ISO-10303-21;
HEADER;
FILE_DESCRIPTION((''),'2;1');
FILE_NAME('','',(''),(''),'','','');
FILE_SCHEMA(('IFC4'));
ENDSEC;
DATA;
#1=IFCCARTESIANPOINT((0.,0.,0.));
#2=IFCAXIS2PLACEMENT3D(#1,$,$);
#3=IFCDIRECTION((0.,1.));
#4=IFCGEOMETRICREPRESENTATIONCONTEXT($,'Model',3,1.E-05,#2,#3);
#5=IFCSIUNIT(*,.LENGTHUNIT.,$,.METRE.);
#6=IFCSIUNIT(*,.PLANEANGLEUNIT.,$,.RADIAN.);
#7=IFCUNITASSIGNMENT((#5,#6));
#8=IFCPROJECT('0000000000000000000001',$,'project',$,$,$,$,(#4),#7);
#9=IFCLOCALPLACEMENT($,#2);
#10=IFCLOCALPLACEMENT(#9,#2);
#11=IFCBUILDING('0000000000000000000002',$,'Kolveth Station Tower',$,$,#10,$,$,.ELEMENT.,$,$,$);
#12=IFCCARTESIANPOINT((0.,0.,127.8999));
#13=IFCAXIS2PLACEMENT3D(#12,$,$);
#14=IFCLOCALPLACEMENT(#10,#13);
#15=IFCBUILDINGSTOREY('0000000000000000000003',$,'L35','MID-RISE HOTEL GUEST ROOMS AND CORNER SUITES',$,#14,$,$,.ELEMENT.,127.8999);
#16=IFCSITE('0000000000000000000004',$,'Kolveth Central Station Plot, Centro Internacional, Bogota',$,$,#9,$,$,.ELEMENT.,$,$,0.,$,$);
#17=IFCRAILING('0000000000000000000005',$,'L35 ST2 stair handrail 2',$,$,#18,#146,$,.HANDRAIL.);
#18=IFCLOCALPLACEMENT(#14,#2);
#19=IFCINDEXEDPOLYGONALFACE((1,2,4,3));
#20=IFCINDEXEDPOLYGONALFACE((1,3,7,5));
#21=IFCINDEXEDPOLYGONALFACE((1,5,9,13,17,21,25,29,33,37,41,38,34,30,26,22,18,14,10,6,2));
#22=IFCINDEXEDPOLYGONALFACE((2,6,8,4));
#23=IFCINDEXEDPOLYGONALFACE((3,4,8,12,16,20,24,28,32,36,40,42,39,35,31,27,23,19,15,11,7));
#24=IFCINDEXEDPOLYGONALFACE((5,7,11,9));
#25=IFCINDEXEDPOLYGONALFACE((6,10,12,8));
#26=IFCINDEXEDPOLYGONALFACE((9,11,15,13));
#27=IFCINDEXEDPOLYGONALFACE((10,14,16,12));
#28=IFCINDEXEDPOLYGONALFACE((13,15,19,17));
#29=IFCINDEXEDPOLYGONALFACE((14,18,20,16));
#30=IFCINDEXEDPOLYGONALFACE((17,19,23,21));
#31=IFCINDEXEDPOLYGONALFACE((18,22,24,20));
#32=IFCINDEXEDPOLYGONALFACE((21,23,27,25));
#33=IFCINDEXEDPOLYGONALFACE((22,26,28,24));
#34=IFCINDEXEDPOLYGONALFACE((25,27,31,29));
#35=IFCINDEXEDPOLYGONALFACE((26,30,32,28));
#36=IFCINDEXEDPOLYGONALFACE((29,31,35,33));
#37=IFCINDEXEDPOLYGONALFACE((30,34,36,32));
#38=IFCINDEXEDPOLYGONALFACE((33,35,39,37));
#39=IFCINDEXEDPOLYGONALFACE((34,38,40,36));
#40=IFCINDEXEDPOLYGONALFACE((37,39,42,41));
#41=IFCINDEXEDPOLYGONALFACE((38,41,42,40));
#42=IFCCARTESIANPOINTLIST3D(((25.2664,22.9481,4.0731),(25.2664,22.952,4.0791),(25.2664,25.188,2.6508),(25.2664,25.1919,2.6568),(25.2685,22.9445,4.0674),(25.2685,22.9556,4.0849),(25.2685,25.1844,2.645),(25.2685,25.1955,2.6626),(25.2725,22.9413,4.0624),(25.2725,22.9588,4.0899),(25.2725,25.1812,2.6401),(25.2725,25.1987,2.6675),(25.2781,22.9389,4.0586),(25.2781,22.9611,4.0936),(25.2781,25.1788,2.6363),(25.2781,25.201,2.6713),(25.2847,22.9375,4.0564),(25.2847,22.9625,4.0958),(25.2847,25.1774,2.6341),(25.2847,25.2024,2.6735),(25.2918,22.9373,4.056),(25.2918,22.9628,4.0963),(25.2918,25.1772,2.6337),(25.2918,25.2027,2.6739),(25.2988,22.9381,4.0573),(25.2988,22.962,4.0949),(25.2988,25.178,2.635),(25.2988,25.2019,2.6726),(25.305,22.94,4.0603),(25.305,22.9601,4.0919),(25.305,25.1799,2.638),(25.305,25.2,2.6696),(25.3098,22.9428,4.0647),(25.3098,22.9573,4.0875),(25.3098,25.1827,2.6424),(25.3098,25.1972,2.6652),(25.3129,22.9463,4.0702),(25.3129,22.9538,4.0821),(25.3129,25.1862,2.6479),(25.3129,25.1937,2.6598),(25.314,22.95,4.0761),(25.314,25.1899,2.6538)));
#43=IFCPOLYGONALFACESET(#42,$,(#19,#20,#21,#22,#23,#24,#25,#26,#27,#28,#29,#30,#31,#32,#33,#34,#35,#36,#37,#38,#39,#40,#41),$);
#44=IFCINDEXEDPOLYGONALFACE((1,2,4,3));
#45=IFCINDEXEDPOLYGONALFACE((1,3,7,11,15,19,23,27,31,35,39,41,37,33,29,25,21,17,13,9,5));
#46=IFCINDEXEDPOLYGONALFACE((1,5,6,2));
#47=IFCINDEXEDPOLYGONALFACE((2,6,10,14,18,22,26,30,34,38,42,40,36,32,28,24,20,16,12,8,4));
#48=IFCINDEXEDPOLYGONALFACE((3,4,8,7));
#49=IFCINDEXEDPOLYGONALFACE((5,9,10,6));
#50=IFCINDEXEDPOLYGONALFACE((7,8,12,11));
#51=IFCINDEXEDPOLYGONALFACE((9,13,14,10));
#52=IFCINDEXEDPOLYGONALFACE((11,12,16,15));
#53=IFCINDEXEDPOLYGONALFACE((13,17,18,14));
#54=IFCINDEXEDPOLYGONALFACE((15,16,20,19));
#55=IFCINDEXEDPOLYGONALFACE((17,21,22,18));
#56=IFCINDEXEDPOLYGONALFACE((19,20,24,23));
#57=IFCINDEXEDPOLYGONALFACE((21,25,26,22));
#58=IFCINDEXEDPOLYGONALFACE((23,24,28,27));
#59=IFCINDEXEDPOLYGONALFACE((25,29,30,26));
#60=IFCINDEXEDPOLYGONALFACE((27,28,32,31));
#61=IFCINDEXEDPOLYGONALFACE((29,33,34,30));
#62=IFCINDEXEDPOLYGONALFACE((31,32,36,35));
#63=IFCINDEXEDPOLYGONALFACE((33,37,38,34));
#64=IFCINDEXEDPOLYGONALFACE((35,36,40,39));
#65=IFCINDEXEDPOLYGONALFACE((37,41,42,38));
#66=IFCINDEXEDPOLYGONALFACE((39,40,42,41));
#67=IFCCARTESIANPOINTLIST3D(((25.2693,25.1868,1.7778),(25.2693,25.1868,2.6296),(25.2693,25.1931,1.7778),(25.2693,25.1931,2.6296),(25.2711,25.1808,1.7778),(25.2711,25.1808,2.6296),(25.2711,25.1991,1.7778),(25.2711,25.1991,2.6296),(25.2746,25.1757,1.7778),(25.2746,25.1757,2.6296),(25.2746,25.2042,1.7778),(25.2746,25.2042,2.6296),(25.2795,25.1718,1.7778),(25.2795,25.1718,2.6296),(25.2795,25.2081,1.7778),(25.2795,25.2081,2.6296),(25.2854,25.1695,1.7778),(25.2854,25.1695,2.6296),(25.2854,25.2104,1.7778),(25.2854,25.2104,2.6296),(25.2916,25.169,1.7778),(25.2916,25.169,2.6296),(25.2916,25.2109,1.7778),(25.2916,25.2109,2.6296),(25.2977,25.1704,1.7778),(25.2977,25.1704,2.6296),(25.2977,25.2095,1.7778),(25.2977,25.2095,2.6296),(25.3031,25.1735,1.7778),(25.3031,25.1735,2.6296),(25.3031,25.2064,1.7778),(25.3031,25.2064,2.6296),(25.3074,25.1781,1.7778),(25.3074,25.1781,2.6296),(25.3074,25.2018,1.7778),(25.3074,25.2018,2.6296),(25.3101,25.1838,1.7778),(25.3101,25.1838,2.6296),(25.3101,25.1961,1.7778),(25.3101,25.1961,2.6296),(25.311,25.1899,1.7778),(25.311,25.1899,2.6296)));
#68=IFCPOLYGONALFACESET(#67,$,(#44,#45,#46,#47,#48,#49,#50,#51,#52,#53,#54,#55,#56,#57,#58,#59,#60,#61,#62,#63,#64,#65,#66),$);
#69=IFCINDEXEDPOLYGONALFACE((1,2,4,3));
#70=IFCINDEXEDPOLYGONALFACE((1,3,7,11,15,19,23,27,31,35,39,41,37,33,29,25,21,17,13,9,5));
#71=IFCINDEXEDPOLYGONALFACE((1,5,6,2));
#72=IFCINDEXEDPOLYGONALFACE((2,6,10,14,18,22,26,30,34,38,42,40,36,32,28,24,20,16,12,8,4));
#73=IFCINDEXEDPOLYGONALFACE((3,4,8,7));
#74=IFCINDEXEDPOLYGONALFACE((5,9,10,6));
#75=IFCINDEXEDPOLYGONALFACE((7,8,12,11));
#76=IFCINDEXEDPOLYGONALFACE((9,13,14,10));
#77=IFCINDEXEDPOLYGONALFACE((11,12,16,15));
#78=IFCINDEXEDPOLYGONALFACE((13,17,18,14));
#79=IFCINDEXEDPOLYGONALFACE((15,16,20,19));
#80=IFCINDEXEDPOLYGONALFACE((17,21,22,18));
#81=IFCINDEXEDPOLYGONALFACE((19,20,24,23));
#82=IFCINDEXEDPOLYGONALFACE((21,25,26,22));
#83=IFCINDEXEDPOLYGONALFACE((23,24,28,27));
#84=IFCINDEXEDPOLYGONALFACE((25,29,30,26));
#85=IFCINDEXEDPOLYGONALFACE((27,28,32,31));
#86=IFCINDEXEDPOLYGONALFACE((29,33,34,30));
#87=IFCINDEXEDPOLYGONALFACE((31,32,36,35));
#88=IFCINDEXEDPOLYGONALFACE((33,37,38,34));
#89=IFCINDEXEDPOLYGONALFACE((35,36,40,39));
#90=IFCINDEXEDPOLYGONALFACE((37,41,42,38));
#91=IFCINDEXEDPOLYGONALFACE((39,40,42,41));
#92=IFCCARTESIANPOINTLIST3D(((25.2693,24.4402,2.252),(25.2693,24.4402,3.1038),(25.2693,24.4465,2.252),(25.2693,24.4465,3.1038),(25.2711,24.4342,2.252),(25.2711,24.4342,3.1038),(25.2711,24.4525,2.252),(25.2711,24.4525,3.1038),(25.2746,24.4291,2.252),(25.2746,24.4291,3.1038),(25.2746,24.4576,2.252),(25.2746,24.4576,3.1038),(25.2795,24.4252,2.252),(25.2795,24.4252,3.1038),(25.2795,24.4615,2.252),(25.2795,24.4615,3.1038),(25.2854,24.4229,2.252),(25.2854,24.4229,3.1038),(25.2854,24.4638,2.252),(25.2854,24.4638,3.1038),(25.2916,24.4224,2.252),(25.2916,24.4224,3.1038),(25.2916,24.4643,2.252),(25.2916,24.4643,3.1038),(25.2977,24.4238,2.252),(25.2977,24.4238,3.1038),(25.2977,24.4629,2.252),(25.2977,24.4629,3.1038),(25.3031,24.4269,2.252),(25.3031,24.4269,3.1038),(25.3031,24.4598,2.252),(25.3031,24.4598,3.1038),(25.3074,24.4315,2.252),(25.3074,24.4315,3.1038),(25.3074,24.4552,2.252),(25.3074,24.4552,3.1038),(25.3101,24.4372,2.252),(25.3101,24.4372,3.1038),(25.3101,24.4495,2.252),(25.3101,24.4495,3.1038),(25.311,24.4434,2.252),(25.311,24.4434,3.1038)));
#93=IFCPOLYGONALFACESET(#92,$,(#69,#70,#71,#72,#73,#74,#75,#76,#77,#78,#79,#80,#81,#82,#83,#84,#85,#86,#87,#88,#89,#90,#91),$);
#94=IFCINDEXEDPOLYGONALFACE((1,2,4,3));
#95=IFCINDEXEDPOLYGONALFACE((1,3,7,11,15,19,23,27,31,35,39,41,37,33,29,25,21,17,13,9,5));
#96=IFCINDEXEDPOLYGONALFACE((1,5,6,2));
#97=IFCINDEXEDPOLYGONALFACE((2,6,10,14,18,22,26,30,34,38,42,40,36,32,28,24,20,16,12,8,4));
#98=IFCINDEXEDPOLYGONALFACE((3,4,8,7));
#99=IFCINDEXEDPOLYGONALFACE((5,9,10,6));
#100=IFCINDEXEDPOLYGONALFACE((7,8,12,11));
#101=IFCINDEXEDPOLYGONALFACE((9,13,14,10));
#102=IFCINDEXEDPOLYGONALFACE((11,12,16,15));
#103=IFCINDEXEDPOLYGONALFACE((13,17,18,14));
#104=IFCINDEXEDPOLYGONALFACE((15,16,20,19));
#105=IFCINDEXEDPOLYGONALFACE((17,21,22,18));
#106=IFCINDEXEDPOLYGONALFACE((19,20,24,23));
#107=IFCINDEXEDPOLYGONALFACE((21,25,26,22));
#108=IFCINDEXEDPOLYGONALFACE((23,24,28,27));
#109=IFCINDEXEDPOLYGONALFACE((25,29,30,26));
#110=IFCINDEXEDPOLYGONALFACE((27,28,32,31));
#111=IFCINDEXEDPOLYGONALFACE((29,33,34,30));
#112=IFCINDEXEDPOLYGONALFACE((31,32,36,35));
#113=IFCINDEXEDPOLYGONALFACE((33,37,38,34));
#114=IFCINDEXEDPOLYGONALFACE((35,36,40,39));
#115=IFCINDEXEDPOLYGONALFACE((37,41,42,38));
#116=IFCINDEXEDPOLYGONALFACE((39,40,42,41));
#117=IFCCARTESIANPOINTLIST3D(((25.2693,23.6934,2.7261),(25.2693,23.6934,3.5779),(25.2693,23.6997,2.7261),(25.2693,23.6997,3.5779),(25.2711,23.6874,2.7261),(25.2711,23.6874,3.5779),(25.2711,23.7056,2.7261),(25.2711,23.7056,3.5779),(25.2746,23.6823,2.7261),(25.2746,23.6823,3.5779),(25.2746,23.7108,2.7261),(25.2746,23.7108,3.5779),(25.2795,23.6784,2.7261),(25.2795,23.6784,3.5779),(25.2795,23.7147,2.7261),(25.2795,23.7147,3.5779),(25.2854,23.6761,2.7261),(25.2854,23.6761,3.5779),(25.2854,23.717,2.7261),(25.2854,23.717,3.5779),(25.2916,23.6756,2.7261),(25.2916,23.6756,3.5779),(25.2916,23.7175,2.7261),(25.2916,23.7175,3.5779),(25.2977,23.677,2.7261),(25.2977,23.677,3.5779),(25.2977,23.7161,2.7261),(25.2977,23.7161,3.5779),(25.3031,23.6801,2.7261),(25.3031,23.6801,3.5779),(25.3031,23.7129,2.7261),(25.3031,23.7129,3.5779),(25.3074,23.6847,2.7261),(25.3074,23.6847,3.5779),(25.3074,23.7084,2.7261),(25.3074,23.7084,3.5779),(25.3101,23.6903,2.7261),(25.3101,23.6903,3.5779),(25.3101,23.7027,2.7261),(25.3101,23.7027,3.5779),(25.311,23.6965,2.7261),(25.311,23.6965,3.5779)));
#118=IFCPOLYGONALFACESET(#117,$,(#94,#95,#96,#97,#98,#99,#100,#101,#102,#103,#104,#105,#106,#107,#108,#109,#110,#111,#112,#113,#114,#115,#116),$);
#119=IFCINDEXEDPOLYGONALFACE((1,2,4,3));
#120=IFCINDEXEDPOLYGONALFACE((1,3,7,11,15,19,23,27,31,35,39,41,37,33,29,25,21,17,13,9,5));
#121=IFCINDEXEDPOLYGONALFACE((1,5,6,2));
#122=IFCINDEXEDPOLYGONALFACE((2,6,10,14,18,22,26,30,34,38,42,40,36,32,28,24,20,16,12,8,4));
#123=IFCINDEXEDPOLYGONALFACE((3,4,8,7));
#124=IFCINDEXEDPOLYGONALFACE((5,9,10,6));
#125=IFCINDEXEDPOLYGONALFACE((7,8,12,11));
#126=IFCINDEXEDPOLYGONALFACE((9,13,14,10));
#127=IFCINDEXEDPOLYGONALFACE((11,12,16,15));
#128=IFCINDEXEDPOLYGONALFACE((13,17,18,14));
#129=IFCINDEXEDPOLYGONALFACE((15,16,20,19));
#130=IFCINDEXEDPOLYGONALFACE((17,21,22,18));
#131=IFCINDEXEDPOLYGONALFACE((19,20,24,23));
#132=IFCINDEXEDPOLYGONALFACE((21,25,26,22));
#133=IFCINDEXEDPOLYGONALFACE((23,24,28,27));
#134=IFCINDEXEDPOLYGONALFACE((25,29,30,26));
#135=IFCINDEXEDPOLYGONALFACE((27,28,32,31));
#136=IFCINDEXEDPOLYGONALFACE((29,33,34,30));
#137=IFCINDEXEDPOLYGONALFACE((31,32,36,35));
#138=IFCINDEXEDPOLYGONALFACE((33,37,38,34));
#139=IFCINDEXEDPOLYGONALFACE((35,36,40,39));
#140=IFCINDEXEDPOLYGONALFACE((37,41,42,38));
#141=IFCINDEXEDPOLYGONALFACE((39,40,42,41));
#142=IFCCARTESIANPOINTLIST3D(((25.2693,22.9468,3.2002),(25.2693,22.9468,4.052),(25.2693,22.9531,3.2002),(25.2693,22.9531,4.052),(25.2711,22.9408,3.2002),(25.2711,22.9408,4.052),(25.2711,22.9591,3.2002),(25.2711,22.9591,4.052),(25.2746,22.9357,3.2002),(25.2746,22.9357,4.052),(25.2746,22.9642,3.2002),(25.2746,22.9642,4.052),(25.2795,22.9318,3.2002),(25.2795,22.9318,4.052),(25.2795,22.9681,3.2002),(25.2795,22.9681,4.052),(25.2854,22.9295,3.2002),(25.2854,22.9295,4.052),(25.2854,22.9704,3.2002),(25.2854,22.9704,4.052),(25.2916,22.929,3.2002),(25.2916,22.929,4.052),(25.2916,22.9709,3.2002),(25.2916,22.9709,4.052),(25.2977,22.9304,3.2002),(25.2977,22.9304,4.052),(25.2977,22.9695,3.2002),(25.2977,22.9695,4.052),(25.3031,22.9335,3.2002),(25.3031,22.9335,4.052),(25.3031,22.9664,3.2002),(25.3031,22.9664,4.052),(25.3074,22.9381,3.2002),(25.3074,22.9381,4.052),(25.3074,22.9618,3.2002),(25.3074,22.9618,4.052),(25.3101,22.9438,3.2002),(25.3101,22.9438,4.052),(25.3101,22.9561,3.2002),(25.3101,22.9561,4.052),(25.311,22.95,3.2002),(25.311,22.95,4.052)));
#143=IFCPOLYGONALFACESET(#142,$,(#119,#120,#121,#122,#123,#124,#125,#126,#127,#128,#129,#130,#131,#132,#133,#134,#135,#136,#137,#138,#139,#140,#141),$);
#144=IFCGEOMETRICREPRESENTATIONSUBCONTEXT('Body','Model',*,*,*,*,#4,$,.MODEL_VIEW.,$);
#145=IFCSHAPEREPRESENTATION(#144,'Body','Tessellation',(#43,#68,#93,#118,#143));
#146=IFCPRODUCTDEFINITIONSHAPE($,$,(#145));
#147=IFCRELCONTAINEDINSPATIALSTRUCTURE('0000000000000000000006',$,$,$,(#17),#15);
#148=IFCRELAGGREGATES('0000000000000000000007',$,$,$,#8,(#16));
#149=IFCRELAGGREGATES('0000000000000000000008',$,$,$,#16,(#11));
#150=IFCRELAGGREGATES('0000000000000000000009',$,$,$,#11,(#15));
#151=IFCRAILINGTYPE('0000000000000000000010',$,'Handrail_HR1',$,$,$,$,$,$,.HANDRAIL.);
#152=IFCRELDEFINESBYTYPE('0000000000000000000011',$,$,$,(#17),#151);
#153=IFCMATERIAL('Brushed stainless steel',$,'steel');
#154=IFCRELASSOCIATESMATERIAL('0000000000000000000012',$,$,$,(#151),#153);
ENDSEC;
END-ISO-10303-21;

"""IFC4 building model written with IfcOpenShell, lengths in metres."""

from ifc_helpers import new_model, si_unit, direction, frame, origin, origin_2d, place, context, subcontext, project, spatial, circle, extrude, material, type_object, element, save


model = new_model("IFC4")

# Units and contexts
model_context = context("Model", 3, precision=1e-05, world=origin(), true_north=direction((0.0, 1.0)))
body_context = subcontext(model_context, "Body", "Model", "MODEL_VIEW")
ifc_project = project(units=[si_unit("LENGTHUNIT", "METRE"), si_unit("PLANEANGLEUNIT", "RADIAN")], contexts=[model_context])

# Site, building, storey
site_placement = place(None, origin())
site = spatial("IfcSite", under=ifc_project, at=site_placement, Name="Kolveth Central Station Plot, Centro Internacional, Bogota", CompositionType="ELEMENT", RefElevation=0.0)
building_placement = place(site_placement, origin())
building = spatial("IfcBuilding", under=site, at=building_placement, Name="Kolveth Station Tower", CompositionType="ELEMENT")
storey_placement = place(building_placement, frame((0.0, 0.0, 127.8999)))
storey = spatial("IfcBuildingStorey", under=building, at=storey_placement, Name="L35", Description="MID-RISE HOTEL GUEST ROOMS AND CORNER SUITES", CompositionType="ELEMENT", Elevation=127.8999)

# Railing
ifc_material_1 = material(Name="Brushed stainless steel", Category="steel")
railing_type_1 = type_object("IfcRailingType", Name="Handrail_HR1", PredefinedType="HANDRAIL", material=ifc_material_1)
railing_1_placement = place(storey_placement, frame((25.29, 25.1899, 1.7778)))
element("IfcRailing", 1, at=railing_1_placement, inside=storey, type_object=railing_type_1, Name="L35 ST2 stair handrail 2", PredefinedType="HANDRAIL", context=body_context, shape_type="SweptSolid", body=[
    extrude(circle(Radius=0.0239, at=origin_2d()), frame((0.0, 0.0, 0.876), z_axis=(0.0, -0.844188, 0.536048), x_axis=(1.0, 0.0, 0.0)), (0.0, 0.0, 1.0), 2.6533),
    extrude(circle(Radius=0.021, at=origin_2d()), origin(), (0.0, 0.0, 1.0), 0.8518),
    extrude(circle(Radius=0.021, at=origin_2d()), frame((0.0, -0.7466, 0.4741)), (0.0, 0.0, 1.0), 0.8518),
    extrude(circle(Radius=0.021, at=origin_2d()), frame((0.0, -1.4934, 0.9482)), (0.0, 0.0, 1.0), 0.8518),
    extrude(circle(Radius=0.021, at=origin_2d()), frame((0.0, -2.24, 1.4224)), (0.0, 0.0, 1.0), 0.8518),
])

save(model, "model.ifc")
